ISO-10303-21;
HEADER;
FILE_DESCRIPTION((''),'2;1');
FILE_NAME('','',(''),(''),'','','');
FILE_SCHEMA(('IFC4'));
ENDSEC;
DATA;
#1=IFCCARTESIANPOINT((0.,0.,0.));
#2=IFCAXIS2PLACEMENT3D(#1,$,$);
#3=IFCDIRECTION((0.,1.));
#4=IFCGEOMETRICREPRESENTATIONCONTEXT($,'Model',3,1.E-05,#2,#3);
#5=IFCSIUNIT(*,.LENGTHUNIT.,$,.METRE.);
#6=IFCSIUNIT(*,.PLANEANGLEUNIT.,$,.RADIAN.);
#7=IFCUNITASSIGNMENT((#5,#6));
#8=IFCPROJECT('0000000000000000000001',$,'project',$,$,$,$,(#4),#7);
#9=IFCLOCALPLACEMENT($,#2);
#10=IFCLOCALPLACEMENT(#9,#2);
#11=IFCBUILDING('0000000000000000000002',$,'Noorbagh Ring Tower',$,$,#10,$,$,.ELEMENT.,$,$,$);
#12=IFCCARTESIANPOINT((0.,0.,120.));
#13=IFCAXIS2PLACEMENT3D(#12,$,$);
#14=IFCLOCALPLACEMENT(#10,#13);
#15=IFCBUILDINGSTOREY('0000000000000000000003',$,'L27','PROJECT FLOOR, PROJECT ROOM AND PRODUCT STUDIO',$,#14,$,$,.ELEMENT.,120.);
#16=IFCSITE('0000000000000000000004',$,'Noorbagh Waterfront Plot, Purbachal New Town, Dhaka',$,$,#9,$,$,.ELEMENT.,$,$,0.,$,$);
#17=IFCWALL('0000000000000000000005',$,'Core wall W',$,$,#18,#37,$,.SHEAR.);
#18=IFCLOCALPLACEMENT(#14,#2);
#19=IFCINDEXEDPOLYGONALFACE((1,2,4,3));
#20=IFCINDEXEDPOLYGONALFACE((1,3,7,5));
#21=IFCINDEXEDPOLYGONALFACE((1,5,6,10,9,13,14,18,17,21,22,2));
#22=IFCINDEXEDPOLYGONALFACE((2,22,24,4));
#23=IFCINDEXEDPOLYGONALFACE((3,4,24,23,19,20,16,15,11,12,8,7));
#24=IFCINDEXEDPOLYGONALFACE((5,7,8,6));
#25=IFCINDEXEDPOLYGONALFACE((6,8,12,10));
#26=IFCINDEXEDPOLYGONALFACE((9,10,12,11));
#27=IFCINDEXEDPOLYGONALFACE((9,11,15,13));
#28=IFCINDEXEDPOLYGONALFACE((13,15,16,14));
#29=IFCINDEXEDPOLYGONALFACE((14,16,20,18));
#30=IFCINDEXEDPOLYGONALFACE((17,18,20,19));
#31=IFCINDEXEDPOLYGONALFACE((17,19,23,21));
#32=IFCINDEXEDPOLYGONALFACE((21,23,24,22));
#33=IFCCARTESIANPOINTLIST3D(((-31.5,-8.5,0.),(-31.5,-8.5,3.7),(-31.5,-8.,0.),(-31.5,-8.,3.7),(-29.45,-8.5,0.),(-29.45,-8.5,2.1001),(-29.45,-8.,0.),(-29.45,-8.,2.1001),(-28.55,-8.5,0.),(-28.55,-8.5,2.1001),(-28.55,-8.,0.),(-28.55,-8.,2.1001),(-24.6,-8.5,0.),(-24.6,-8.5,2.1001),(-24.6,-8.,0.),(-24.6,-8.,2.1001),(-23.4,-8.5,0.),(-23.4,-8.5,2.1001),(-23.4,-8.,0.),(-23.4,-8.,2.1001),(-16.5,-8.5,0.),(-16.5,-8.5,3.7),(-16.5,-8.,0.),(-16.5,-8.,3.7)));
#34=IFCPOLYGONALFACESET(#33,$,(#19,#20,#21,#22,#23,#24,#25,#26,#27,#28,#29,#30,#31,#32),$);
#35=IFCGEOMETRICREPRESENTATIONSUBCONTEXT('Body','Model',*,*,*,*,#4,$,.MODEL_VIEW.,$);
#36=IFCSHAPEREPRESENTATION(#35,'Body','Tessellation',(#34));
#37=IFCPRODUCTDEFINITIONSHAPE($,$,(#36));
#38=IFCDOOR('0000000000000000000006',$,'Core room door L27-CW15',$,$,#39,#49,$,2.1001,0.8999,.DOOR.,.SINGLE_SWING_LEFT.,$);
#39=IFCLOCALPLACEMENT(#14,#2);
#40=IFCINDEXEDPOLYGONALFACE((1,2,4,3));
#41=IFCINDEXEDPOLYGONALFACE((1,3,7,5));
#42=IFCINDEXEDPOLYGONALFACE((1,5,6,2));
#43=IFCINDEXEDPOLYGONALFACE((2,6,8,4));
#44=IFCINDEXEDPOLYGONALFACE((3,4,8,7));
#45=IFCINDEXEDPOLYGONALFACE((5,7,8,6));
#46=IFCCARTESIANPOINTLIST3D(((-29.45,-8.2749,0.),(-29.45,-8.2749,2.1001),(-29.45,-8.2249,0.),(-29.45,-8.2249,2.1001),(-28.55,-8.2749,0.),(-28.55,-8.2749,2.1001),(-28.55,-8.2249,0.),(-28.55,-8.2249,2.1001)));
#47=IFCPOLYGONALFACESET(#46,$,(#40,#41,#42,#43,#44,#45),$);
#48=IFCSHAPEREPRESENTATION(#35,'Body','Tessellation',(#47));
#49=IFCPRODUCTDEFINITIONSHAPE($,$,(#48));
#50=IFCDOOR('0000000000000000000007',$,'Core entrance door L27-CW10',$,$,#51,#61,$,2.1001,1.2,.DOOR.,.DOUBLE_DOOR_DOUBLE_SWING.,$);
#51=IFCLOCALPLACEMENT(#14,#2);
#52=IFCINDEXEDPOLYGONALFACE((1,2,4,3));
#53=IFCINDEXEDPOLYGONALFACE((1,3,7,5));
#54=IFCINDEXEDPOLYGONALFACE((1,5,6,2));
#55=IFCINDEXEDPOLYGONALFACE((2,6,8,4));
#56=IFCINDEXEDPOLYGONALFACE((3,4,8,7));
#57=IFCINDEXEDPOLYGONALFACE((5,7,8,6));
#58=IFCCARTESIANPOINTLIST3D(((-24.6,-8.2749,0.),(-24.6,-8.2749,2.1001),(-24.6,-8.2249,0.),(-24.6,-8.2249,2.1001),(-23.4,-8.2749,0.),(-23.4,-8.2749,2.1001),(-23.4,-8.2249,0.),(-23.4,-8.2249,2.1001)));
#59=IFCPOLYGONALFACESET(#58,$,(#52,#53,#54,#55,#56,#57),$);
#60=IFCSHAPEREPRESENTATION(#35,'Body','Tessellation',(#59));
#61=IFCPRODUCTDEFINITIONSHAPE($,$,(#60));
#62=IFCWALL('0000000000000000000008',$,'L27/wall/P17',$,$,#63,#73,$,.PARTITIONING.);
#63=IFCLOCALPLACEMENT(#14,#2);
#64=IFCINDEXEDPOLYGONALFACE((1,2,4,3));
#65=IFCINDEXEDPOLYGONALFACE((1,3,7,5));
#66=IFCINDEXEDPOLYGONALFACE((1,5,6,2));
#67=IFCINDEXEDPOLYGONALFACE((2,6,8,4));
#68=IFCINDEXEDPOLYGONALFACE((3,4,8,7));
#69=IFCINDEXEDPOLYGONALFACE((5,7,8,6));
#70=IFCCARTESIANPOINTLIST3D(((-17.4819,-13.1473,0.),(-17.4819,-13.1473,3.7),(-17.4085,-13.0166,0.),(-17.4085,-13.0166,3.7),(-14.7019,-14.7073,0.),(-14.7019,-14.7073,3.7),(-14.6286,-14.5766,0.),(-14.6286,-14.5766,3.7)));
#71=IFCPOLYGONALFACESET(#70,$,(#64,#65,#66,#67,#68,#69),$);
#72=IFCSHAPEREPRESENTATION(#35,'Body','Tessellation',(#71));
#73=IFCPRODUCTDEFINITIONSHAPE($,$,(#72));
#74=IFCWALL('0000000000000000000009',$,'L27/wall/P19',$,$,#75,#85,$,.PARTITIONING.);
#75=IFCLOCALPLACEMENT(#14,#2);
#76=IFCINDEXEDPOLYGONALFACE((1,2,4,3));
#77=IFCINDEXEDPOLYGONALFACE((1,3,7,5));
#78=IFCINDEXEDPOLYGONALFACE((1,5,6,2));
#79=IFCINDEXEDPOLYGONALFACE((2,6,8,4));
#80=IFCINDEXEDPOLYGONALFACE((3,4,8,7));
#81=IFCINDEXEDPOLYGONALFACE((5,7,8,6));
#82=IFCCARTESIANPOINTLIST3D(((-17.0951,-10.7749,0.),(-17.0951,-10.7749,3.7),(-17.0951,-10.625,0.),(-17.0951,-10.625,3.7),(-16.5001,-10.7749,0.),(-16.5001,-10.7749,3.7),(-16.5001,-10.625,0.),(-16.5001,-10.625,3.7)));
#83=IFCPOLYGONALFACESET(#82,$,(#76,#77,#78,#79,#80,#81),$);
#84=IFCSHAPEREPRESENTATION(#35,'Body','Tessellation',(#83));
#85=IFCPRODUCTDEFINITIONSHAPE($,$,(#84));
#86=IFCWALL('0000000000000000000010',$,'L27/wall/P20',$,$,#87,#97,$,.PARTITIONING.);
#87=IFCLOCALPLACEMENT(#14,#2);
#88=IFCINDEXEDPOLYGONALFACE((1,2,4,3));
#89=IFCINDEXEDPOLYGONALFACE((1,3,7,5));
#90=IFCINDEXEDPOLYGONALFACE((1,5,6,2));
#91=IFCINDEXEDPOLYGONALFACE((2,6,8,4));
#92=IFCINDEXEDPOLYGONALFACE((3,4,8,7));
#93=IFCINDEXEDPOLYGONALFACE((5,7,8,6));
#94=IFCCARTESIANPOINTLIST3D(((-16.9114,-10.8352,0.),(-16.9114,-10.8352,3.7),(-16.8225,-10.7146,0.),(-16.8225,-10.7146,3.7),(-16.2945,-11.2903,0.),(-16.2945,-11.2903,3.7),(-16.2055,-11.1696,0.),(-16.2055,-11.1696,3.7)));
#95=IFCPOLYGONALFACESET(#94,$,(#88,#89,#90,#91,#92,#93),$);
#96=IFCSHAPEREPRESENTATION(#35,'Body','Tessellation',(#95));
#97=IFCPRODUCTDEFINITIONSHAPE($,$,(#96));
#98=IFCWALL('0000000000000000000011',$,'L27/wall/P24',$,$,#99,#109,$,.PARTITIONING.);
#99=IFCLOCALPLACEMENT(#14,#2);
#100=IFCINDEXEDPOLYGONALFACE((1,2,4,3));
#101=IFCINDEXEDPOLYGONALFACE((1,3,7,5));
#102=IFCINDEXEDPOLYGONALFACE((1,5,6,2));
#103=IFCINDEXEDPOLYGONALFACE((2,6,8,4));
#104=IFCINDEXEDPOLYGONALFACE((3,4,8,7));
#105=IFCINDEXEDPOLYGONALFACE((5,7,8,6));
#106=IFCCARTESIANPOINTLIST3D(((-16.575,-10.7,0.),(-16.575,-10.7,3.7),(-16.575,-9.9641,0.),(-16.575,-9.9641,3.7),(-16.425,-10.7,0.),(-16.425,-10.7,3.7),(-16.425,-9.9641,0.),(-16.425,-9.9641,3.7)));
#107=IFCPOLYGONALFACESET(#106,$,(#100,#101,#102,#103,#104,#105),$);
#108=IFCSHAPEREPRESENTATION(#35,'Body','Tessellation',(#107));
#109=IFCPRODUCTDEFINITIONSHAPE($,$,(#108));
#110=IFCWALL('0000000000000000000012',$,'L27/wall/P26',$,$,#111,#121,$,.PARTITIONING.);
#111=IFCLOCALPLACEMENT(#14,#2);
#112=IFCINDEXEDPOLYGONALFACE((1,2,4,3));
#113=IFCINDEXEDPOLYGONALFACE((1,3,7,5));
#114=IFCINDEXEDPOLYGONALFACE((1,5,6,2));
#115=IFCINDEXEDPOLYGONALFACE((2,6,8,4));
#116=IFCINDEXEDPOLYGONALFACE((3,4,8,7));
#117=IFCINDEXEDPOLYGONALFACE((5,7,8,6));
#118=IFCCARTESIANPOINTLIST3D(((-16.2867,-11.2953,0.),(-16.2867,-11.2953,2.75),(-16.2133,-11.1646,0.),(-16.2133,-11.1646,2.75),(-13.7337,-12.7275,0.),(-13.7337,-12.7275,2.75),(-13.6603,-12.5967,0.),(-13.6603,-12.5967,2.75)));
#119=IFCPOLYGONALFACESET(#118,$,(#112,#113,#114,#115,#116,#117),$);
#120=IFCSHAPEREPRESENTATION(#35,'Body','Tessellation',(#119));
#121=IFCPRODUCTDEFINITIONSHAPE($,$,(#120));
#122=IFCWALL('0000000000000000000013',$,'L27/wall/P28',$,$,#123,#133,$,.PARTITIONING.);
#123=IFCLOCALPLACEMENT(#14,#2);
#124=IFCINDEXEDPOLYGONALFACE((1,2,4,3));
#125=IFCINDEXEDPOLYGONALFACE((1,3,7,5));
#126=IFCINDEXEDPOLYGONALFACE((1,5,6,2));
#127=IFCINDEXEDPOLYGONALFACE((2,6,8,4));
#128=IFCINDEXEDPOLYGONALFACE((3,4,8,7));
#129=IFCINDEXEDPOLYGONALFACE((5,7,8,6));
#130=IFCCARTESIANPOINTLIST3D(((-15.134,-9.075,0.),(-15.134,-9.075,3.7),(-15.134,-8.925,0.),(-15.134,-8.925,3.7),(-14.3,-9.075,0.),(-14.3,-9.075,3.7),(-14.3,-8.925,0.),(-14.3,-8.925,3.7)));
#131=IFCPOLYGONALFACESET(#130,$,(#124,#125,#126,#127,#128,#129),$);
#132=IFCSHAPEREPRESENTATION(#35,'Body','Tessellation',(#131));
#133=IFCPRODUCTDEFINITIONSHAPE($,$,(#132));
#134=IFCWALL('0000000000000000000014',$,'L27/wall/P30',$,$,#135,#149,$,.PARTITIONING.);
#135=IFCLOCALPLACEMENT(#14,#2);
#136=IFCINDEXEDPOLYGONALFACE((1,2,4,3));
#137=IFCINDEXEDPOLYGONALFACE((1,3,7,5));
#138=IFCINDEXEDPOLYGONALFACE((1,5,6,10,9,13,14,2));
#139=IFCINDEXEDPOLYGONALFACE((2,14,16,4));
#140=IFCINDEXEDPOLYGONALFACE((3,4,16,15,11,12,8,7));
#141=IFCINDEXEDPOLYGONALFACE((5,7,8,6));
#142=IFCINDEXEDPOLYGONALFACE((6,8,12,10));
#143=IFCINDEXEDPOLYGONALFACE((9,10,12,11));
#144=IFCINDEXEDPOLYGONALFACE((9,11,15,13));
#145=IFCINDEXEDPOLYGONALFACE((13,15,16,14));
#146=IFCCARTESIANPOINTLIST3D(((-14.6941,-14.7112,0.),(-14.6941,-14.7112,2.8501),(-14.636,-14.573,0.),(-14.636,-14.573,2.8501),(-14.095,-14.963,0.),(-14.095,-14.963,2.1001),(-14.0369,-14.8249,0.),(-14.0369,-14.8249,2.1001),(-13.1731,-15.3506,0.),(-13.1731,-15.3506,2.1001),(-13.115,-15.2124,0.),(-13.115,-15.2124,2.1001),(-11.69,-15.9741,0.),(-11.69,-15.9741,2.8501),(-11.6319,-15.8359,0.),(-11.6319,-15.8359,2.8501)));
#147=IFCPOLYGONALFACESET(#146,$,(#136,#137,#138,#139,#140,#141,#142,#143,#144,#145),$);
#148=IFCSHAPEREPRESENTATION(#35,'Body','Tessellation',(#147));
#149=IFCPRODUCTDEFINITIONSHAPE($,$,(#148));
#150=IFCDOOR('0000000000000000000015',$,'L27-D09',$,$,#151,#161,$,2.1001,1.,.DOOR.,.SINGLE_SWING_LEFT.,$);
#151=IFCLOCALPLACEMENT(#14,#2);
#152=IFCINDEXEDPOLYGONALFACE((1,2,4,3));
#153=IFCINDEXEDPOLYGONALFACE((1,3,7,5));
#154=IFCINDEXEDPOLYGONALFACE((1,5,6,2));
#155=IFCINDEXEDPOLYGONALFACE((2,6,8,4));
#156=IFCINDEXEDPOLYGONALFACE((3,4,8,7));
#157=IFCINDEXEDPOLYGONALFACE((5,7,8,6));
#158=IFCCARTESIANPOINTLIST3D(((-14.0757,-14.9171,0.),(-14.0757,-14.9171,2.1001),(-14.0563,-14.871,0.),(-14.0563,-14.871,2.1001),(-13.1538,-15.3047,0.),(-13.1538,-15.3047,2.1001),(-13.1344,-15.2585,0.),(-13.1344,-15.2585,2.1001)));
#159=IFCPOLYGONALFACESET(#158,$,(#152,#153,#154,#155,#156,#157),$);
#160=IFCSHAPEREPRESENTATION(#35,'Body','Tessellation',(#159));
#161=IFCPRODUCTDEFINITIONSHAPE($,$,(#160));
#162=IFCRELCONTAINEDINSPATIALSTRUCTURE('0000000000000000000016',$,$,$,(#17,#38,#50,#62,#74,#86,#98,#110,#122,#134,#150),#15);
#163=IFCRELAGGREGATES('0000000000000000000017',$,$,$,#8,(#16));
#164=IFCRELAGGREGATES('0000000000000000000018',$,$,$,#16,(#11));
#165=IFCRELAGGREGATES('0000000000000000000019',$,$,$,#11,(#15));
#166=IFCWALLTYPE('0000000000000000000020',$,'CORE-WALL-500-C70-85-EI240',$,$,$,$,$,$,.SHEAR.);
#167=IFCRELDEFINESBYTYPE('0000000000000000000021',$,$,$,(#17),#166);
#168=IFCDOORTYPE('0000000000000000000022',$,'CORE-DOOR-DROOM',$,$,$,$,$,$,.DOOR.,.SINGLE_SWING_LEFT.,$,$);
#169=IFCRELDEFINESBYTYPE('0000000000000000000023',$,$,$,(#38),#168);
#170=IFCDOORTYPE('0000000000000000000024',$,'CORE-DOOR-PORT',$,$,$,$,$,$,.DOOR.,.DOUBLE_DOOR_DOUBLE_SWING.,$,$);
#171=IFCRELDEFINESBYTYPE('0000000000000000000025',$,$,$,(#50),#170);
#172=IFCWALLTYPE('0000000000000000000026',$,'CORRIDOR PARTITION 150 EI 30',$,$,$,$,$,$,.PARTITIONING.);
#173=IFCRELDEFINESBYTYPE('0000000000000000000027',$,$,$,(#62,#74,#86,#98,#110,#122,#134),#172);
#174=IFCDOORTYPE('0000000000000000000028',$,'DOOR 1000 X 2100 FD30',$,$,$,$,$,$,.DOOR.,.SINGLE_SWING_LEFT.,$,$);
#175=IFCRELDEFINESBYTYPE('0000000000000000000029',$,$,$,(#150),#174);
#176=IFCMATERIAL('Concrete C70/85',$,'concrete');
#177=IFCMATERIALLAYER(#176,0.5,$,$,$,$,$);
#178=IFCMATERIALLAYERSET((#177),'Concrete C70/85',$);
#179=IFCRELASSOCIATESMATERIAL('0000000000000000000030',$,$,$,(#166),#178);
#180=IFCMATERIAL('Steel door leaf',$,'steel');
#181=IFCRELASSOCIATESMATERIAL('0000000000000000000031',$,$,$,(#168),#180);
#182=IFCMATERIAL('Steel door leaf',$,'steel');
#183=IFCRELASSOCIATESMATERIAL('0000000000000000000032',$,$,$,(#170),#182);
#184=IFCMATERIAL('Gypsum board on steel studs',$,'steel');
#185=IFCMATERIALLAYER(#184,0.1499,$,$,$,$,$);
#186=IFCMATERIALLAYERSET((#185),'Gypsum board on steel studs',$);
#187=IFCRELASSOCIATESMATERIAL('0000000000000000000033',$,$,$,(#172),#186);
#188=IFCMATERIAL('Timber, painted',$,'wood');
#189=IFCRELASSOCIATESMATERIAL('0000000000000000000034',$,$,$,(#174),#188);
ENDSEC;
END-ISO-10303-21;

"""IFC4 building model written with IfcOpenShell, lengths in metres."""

from ifc_helpers import new_model, si_unit, direction, frame, frame_2d, origin, place, context, subcontext, project, spatial, rectangle, extrude, material, layer, layer_set, type_object, element, fill, save


model = new_model("IFC4")

# Units and contexts
model_context = context("Model", 3, precision=1e-05, world=origin(), true_north=direction((0.0, 1.0)))
body_context = subcontext(model_context, "Body", "Model", "MODEL_VIEW")
ifc_project = project(units=[si_unit("LENGTHUNIT", "METRE"), si_unit("PLANEANGLEUNIT", "RADIAN")], contexts=[model_context])

# Site, building, storey
site_placement = place(None, origin())
site = spatial("IfcSite", under=ifc_project, at=site_placement, Name="Noorbagh Waterfront Plot, Purbachal New Town, Dhaka", CompositionType="ELEMENT", RefElevation=0.0)
building_placement = place(site_placement, origin())
building = spatial("IfcBuilding", under=site, at=building_placement, Name="Noorbagh Ring Tower", CompositionType="ELEMENT")
storey_placement = place(building_placement, frame((0.0, 0.0, 120.0)))
storey = spatial("IfcBuildingStorey", under=building, at=storey_placement, Name="L27", Description="PROJECT FLOOR, PROJECT ROOM AND PRODUCT STUDIO", CompositionType="ELEMENT", Elevation=120.0)

# Wall, openings, doors
ifc_material_1 = material(Name="Concrete C70/85", Category="concrete")
ifc_layer_1 = layer(ifc_material_1, 0.5)
ifc_layer_set_1 = layer_set([ifc_layer_1], Name="Concrete C70/85")
wall_type_1 = type_object("IfcWallType", Name="CORE-WALL-500-C70-85-EI240", PredefinedType="SHEAR", material=ifc_layer_set_1)
wall_1_placement = place(storey_placement, frame((-16.5, -8.25, 0.0), z_axis=(0.0, 0.0, 1.0), x_axis=(-1.0, 0.0, 0.0)))
wall_1 = element("IfcWall", 1, at=wall_1_placement, inside=storey, type_object=wall_type_1, Name="Core wall W", PredefinedType="SHEAR", context=body_context, shape_type="SweptSolid", body=[
    extrude(rectangle(XDim=15.0, YDim=0.5, at=frame_2d((7.5, 0.0))), origin(), (0.0, 0.0, 1.0), 3.7),
])
opening_1_placement = place(wall_1_placement, frame((6.8999, 0.0, 0.0)))
opening_1 = element("IfcOpeningElement", 2, at=opening_1_placement, cuts=wall_1, PredefinedType="OPENING", context=body_context, shape_type="SweptSolid", body=[
    extrude(rectangle(XDim=1.2, YDim=2.1001, at=frame_2d((0.6001, 1.05))), frame((0.0, 0.26, 0.0), z_axis=(0.0, -1.0, 0.0), x_axis=(1.0, 0.0, 0.0)), (0.0, 0.0, 1.0), 0.52),
])
opening_2_placement = place(wall_1_placement, frame((12.05, 0.0, 0.0)))
opening_2 = element("IfcOpeningElement", 3, at=opening_2_placement, cuts=wall_1, PredefinedType="OPENING", context=body_context, shape_type="SweptSolid", body=[
    extrude(rectangle(XDim=0.8999, YDim=2.1001, at=frame_2d((0.45, 1.05))), frame((0.0, 0.26, 0.0), z_axis=(0.0, -1.0, 0.0), x_axis=(1.0, 0.0, 0.0)), (0.0, 0.0, 1.0), 0.52),
])
ifc_material_2 = material(Name="Steel door leaf", Category="steel")
door_type_1 = type_object("IfcDoorType", Name="CORE-DOOR-DROOM", OperationType="SINGLE_SWING_LEFT", PredefinedType="DOOR", material=ifc_material_2)
door_1_placement = place(opening_2_placement, origin())
door_1 = element("IfcDoor", 4, at=door_1_placement, inside=storey, type_object=door_type_1, Name="Core room door L27-CW15", OperationType="SINGLE_SWING_LEFT", OverallHeight=2.1001, OverallWidth=0.8999, PredefinedType="DOOR", context=body_context, shape_type="SweptSolid", body=[
    extrude(rectangle(XDim=0.8999, YDim=2.1001, at=frame_2d((0.45, 1.05))), frame((0.0, 0.0249, 0.0), z_axis=(0.0, -1.0, 0.0), x_axis=(1.0, 0.0, 0.0)), (0.0, 0.0, 1.0), 0.05),
])
fill(opening_2, door_1)
ifc_material_3 = material(Name="Steel door leaf", Category="steel")
door_type_2 = type_object("IfcDoorType", Name="CORE-DOOR-PORT", OperationType="DOUBLE_DOOR_DOUBLE_SWING", PredefinedType="DOOR", material=ifc_material_3)
door_2_placement = place(opening_1_placement, origin())
door_2 = element("IfcDoor", 5, at=door_2_placement, inside=storey, type_object=door_type_2, Name="Core entrance door L27-CW10", OperationType="DOUBLE_DOOR_DOUBLE_SWING", OverallHeight=2.1001, OverallWidth=1.2, PredefinedType="DOOR", context=body_context, shape_type="SweptSolid", body=[
    extrude(rectangle(XDim=1.2, YDim=2.1001, at=frame_2d((0.6001, 1.05))), frame((0.0, 0.0249, 0.0), z_axis=(0.0, -1.0, 0.0), x_axis=(1.0, 0.0, 0.0)), (0.0, 0.0, 1.0), 0.05),
])
fill(opening_1, door_2)

# Walls
ifc_material_4 = material(Name="Gypsum board on steel studs", Category="steel")
ifc_layer_2 = layer(ifc_material_4, 0.1499)
ifc_layer_set_2 = layer_set([ifc_layer_2], Name="Gypsum board on steel studs")
wall_type_2 = type_object("IfcWallType", Name="CORRIDOR PARTITION 150 EI 30", PredefinedType="PARTITIONING", material=ifc_layer_set_2)
wall_2_placement = place(storey_placement, frame((-17.4451, -13.082, 0.0), z_axis=(0.0, 0.0, 1.0), x_axis=(0.872072, -0.489377, 0.0)))
element("IfcWall", 6, at=wall_2_placement, inside=storey, type_object=wall_type_2, Name="L27/wall/P17", PredefinedType="PARTITIONING", context=body_context, shape_type="SweptSolid", body=[
    extrude(rectangle(XDim=3.1877, YDim=0.1499, at=frame_2d((1.5938, 0.0))), origin(), (0.0, 0.0, 1.0), 3.7),
])
wall_3_placement = place(storey_placement, frame((-17.095, -10.7, 0.0), z_axis=(0.0, 0.0, 1.0), x_axis=(1.0, 0.0, 0.0)))
element("IfcWall", 7, at=wall_3_placement, inside=storey, type_object=wall_type_2, Name="L27/wall/P19", PredefinedType="PARTITIONING", context=body_context, shape_type="SweptSolid", body=[
    extrude(rectangle(XDim=0.595, YDim=0.1499, at=frame_2d((0.2974, 0.0))), origin(), (0.0, 0.0, 1.0), 3.7),
])
wall_4_placement = place(storey_placement, frame((-16.8669, -10.7749, 0.0), z_axis=(0.0, 0.0, 1.0), x_axis=(0.804752, -0.593612, 0.0)))
element("IfcWall", 8, at=wall_4_placement, inside=storey, type_object=wall_type_2, Name="L27/wall/P20", PredefinedType="PARTITIONING", context=body_context, shape_type="SweptSolid", body=[
    extrude(rectangle(XDim=0.7666, YDim=0.1499, at=frame_2d((0.3833, 0.0))), origin(), (0.0, 0.0, 1.0), 3.7),
])
wall_5_placement = place(storey_placement, frame((-16.5, -10.7, 0.0), z_axis=(0.0, 0.0, 1.0), x_axis=(0.0, 1.0, 0.0)))
element("IfcWall", 9, at=wall_5_placement, inside=storey, type_object=wall_type_2, Name="L27/wall/P24", PredefinedType="PARTITIONING", context=body_context, shape_type="SweptSolid", body=[
    extrude(rectangle(XDim=0.7358, YDim=0.1499, at=frame_2d((0.3679, 0.0))), origin(), (0.0, 0.0, 1.0), 3.7),
])
wall_6_placement = place(storey_placement, frame((-16.25, -11.23, 0.0), z_axis=(0.0, 0.0, 1.0), x_axis=(0.872147, -0.489243, 0.0)))
element("IfcWall", 10, at=wall_6_placement, inside=storey, type_object=wall_type_2, Name="L27/wall/P26", PredefinedType="PARTITIONING", context=body_context, shape_type="SweptSolid", body=[
    extrude(rectangle(XDim=2.9272, YDim=0.1499, at=frame_2d((1.4636, 0.0))), origin(), (0.0, 0.0, 1.0), 2.75),
])
wall_7_placement = place(storey_placement, frame((-15.134, -9.0, 0.0), z_axis=(0.0, 0.0, 1.0), x_axis=(1.0, 0.0, 0.0)))
element("IfcWall", 11, at=wall_7_placement, inside=storey, type_object=wall_type_2, Name="L27/wall/P28", PredefinedType="PARTITIONING", context=body_context, shape_type="SweptSolid", body=[
    extrude(rectangle(XDim=0.834, YDim=0.1499, at=frame_2d((0.417, 0.0))), origin(), (0.0, 0.0, 1.0), 3.7),
])

# Wall, opening, door
wall_8_placement = place(storey_placement, frame((-14.665, -14.6421, 0.0), z_axis=(0.0, 0.0, 1.0), x_axis=(0.921851, -0.387545, 0.0)))
wall_8 = element("IfcWall", 12, at=wall_8_placement, inside=storey, type_object=wall_type_2, Name="L27/wall/P30", PredefinedType="PARTITIONING", context=body_context, shape_type="SweptSolid", body=[
    extrude(rectangle(XDim=3.2588, YDim=0.1499, at=frame_2d((1.6294, 0.0))), origin(), (0.0, 0.0, 1.0), 2.8501),
])
opening_3_placement = place(wall_8_placement, frame((0.6499, 0.0, 0.0)))
opening_3 = element("IfcOpeningElement", 13, at=opening_3_placement, cuts=wall_8, PredefinedType="OPENING", context=body_context, shape_type="SweptSolid", body=[
    extrude(rectangle(XDim=1.0, YDim=2.1001, at=frame_2d((0.5, 1.05))), frame((0.0, 0.085, 0.0), z_axis=(0.0, -1.0, 0.0), x_axis=(1.0, 0.0, 0.0)), (0.0, 0.0, 1.0), 0.1699),
])
ifc_material_5 = material(Name="Timber, painted", Category="wood")
door_type_3 = type_object("IfcDoorType", Name="DOOR 1000 X 2100 FD30", OperationType="SINGLE_SWING_LEFT", PredefinedType="DOOR", material=ifc_material_5)
door_3_placement = place(opening_3_placement, origin())
door_3 = element("IfcDoor", 14, at=door_3_placement, inside=storey, type_object=door_type_3, Name="L27-D09", OperationType="SINGLE_SWING_LEFT", OverallHeight=2.1001, OverallWidth=1.0, PredefinedType="DOOR", context=body_context, shape_type="SweptSolid", body=[
    extrude(rectangle(XDim=1.0, YDim=2.1001, at=frame_2d((0.5, 1.05))), frame((0.0, 0.0249, 0.0), z_axis=(0.0, -1.0, 0.0), x_axis=(1.0, 0.0, 0.0)), (0.0, 0.0, 1.0), 0.05),
])
fill(opening_3, door_3)

save(model, "model.ifc")
